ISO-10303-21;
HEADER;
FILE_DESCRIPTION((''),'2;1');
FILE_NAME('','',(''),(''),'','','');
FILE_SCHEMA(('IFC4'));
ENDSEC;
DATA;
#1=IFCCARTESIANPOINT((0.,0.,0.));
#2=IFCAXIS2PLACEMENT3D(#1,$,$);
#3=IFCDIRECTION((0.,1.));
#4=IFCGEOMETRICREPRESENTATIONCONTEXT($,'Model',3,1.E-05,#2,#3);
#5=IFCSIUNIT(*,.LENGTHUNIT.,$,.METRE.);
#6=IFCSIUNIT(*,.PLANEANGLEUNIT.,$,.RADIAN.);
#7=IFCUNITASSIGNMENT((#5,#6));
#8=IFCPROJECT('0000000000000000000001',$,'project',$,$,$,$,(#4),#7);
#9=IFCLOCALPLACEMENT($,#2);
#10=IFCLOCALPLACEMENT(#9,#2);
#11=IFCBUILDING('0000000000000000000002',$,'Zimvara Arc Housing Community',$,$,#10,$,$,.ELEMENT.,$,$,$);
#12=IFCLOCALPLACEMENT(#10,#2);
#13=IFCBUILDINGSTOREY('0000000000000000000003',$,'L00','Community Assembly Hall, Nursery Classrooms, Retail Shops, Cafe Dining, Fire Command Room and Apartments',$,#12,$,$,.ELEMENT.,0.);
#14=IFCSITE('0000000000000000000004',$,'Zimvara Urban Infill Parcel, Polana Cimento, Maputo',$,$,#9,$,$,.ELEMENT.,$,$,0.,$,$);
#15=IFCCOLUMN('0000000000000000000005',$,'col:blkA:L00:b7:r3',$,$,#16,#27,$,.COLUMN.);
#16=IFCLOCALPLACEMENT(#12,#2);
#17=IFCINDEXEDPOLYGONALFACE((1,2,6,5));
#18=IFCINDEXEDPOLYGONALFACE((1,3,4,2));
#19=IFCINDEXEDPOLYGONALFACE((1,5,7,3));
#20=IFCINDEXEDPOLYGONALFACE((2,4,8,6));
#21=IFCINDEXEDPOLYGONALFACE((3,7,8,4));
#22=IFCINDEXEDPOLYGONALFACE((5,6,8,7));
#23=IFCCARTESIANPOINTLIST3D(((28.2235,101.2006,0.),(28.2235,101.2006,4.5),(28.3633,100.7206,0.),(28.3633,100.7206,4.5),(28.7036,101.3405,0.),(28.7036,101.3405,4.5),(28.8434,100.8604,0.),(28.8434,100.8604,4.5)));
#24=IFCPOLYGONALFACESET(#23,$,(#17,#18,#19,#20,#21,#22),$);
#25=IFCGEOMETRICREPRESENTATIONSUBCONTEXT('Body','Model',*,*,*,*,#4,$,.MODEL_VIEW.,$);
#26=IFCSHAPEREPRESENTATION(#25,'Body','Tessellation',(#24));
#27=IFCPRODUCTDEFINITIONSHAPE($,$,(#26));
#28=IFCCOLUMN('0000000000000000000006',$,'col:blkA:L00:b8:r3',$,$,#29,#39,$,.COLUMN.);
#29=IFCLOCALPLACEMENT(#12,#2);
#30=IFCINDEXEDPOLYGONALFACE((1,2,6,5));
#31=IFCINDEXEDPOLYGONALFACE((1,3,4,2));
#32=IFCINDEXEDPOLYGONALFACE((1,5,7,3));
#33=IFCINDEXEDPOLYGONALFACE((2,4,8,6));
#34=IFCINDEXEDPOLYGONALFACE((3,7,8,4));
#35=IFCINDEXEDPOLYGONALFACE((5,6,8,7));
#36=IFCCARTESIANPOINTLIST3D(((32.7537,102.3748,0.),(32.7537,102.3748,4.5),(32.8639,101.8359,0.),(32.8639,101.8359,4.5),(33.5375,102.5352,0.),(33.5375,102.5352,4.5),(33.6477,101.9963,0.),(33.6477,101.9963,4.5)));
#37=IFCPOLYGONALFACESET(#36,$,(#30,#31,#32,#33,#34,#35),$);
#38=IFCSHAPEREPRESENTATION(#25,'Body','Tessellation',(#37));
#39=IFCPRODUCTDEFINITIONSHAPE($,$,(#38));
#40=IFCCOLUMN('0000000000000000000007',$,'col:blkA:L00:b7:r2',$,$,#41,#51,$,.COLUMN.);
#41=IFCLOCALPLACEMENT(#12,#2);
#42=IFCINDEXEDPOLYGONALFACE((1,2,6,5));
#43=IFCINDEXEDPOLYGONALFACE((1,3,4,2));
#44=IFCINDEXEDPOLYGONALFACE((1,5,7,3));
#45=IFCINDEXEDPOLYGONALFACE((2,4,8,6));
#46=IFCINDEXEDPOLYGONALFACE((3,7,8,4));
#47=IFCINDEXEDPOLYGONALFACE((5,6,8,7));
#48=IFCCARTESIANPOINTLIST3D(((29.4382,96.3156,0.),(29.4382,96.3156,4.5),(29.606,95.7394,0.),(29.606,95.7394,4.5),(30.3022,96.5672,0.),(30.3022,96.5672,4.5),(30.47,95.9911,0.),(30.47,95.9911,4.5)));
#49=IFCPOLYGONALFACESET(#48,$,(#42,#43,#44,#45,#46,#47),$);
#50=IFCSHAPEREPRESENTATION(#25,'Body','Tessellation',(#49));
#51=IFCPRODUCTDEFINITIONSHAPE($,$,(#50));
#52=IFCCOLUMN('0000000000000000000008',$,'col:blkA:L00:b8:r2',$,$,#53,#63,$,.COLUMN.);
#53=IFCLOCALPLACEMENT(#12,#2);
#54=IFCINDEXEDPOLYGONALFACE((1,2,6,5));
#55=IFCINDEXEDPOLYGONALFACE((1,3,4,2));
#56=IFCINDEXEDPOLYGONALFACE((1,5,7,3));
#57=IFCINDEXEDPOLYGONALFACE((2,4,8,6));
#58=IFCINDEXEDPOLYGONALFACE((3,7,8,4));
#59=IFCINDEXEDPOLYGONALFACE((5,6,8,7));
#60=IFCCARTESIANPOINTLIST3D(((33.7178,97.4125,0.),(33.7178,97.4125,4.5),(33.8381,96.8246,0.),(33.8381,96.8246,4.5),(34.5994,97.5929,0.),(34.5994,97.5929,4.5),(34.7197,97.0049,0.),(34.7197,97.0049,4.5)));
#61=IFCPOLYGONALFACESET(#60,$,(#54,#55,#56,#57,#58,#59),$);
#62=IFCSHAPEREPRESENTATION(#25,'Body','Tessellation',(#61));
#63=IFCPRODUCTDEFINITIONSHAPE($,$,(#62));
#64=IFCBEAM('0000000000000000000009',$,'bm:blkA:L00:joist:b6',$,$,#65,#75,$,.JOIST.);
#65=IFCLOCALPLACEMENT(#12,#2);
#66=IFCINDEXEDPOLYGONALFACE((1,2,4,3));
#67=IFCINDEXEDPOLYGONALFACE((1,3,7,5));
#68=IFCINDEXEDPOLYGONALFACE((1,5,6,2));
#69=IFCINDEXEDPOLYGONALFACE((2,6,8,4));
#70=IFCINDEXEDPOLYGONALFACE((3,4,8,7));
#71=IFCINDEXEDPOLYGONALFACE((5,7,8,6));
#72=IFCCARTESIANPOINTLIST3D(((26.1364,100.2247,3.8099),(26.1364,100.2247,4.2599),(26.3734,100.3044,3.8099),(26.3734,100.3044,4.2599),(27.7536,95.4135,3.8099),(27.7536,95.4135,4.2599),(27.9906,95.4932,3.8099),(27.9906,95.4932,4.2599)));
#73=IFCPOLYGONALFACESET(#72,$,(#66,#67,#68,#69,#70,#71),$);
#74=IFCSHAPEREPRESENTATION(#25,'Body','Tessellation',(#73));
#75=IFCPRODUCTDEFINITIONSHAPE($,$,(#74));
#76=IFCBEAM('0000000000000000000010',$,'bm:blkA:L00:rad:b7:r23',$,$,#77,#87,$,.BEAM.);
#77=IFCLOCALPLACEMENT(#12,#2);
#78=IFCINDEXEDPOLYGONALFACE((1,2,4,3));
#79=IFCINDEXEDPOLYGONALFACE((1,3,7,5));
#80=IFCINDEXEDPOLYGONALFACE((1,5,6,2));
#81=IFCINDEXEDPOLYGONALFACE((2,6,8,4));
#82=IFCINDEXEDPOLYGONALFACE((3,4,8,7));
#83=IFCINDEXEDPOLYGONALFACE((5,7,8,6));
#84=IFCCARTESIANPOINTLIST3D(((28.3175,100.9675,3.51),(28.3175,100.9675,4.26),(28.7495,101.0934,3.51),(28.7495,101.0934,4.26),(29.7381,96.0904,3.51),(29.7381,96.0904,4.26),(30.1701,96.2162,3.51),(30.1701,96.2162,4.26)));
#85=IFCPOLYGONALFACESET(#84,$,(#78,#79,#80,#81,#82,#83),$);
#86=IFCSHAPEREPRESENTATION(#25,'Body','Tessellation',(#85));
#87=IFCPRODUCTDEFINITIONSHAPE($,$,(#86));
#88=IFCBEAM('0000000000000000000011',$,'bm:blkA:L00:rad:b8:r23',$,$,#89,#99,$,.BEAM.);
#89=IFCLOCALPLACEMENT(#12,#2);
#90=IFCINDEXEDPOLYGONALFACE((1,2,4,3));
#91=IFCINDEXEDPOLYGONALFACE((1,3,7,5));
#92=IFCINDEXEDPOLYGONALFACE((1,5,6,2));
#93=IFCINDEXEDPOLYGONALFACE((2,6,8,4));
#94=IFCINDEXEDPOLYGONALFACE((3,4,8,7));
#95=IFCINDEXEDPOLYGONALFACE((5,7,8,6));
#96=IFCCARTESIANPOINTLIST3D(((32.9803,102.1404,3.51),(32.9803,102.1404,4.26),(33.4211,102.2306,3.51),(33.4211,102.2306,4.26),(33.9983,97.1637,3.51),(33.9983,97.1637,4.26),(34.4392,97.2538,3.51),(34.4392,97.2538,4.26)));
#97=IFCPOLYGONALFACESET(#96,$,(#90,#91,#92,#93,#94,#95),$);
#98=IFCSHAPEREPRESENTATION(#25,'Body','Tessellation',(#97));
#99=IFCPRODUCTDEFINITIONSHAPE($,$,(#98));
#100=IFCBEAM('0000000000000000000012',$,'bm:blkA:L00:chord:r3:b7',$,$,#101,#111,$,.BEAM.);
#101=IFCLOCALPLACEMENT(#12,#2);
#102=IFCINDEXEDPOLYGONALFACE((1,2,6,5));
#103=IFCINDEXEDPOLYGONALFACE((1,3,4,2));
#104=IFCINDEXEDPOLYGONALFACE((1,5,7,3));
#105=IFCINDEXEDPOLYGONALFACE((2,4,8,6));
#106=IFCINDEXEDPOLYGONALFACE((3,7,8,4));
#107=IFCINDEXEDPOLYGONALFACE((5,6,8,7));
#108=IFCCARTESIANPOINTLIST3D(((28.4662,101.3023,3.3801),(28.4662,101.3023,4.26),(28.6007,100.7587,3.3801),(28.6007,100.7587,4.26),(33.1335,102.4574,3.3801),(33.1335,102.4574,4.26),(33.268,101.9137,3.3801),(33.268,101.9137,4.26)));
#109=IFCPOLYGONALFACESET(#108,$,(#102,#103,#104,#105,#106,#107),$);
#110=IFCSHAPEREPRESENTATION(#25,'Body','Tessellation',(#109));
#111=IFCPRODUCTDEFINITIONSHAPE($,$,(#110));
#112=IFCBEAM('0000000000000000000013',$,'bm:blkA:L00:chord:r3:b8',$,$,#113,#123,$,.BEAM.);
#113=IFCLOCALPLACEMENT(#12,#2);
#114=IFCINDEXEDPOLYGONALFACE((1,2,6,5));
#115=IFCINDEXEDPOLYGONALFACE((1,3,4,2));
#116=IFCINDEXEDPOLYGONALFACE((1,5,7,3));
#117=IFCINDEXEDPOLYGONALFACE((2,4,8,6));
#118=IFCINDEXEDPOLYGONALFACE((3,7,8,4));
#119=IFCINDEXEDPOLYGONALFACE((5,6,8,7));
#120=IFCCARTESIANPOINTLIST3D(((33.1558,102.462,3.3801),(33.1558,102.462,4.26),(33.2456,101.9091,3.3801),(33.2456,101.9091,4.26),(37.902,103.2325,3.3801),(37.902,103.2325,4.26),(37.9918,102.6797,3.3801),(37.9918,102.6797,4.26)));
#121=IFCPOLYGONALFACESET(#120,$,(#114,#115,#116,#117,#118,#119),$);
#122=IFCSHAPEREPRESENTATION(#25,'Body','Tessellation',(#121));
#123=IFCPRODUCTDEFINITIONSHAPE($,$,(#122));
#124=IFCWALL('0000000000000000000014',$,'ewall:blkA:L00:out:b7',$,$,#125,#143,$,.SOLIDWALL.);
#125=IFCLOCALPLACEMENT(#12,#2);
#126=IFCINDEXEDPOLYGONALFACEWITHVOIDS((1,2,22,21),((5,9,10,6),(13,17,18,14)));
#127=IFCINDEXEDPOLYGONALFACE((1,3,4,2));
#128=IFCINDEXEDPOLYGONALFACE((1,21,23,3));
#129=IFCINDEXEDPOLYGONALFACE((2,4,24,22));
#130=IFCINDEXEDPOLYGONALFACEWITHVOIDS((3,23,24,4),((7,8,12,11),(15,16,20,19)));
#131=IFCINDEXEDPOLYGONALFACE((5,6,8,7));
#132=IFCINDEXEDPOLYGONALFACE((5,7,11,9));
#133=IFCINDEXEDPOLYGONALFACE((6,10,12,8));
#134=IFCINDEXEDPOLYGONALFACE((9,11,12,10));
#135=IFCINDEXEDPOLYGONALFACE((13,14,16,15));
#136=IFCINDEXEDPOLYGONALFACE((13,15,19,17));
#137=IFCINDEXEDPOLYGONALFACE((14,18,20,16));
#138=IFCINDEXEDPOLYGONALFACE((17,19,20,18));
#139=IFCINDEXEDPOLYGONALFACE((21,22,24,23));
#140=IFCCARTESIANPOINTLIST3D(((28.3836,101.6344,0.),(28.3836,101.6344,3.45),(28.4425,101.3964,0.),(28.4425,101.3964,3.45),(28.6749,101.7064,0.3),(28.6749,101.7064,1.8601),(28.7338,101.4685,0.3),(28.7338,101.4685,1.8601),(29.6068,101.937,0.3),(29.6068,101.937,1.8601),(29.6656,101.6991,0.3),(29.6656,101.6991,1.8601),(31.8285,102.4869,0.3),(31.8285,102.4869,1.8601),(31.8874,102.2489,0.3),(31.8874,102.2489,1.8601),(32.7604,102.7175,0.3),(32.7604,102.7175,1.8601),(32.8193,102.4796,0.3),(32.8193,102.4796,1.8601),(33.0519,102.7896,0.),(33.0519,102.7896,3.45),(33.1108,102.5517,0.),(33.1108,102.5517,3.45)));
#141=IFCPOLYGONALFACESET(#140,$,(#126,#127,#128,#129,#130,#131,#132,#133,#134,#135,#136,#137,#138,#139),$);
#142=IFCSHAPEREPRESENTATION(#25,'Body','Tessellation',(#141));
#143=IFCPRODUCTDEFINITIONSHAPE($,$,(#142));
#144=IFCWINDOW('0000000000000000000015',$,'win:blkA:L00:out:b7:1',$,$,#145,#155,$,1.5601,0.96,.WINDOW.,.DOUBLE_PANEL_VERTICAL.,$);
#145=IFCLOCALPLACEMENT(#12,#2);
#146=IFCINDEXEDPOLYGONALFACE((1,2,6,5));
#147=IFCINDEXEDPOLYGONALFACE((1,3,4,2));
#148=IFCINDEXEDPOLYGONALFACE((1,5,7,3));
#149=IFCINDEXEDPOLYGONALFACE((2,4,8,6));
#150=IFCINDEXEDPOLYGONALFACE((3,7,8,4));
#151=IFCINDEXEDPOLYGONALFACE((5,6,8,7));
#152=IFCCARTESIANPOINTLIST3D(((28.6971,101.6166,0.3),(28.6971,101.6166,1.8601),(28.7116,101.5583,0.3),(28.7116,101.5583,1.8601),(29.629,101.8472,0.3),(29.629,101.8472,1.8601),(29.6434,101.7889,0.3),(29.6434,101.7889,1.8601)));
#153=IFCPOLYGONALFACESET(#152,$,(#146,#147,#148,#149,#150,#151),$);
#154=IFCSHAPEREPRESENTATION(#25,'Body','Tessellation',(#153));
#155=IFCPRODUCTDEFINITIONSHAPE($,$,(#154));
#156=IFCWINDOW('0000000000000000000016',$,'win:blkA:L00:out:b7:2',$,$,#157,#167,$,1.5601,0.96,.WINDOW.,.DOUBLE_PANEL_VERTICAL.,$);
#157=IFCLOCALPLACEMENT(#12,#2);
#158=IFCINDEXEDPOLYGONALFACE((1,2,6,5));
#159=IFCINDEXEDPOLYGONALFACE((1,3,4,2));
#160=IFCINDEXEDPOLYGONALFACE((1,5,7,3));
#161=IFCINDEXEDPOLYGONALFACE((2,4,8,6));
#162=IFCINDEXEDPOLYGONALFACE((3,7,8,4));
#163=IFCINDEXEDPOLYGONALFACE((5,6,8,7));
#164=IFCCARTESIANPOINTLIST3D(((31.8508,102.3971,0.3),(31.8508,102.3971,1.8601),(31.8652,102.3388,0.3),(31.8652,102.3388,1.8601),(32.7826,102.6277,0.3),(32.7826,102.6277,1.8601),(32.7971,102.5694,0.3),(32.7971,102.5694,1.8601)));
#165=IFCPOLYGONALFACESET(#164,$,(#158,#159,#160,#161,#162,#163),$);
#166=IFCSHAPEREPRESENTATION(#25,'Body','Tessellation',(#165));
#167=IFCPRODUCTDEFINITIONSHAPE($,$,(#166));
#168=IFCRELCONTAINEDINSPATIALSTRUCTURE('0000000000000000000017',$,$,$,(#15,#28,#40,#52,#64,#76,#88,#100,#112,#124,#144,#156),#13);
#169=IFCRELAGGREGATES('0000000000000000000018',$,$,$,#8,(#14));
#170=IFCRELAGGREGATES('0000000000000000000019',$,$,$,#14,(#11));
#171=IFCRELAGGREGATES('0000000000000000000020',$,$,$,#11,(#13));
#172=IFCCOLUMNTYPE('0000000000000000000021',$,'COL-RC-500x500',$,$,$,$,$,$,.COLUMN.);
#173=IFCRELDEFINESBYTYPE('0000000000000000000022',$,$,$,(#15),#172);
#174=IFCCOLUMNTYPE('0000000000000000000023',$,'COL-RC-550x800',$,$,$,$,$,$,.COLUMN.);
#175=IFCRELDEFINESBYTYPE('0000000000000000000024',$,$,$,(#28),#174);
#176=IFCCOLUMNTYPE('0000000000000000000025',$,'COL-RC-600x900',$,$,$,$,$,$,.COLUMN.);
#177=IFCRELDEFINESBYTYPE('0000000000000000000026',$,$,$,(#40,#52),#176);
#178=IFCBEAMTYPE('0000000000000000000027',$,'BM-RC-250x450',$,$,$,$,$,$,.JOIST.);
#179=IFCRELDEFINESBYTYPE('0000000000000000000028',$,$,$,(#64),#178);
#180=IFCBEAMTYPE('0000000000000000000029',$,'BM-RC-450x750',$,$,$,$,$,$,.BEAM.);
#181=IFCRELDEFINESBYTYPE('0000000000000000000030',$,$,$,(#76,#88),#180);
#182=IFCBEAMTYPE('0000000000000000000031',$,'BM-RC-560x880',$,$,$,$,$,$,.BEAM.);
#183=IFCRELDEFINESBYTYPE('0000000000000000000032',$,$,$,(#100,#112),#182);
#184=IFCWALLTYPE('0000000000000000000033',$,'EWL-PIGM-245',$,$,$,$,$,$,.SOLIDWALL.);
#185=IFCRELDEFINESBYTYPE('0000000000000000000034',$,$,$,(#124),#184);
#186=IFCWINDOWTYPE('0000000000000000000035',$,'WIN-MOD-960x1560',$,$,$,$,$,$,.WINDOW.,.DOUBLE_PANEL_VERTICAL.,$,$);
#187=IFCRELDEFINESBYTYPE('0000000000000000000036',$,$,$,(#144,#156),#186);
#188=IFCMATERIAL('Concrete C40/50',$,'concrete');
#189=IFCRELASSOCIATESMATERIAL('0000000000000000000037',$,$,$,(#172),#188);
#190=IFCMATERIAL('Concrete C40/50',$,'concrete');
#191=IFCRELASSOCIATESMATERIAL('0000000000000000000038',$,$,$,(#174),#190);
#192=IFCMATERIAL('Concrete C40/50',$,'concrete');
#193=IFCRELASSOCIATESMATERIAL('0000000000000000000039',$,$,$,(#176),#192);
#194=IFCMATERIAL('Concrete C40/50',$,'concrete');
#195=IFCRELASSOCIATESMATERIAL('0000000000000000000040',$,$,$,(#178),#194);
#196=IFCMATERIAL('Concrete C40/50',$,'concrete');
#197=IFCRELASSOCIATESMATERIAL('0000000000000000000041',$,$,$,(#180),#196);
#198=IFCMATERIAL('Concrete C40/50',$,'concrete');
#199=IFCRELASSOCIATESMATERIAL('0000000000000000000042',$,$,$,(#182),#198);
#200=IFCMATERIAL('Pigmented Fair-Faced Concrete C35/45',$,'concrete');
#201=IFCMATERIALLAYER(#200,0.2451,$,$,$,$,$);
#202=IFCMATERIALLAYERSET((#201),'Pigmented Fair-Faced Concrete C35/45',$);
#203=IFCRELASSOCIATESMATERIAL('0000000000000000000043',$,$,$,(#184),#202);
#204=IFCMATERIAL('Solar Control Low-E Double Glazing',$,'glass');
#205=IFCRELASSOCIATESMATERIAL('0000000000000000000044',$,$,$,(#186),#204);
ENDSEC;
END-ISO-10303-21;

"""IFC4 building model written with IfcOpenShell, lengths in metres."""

from ifc_helpers import new_model, si_unit, direction, frame, frame_2d, origin, origin_2d, place, context, subcontext, project, spatial, rectangle, extrude, material, layer, layer_set, material_profile, profile_set, type_object, element, fill, save


model = new_model("IFC4")

# Units and contexts
model_context = context("Model", 3, precision=1e-05, world=origin(), true_north=direction((0.0, 1.0)))
body_context = subcontext(model_context, "Body", "Model", "MODEL_VIEW")
ifc_project = project(units=[si_unit("LENGTHUNIT", "METRE"), si_unit("PLANEANGLEUNIT", "RADIAN")], contexts=[model_context])

# Site, building, storey
site_placement = place(None, origin())
site = spatial("IfcSite", under=ifc_project, at=site_placement, Name="Zimvara Urban Infill Parcel, Polana Cimento, Maputo", CompositionType="ELEMENT", RefElevation=0.0)
building_placement = place(site_placement, origin())
building = spatial("IfcBuilding", under=site, at=building_placement, Name="Zimvara Arc Housing Community", CompositionType="ELEMENT")
storey_placement = place(building_placement, origin())
storey = spatial("IfcBuildingStorey", under=building, at=storey_placement, Name="L00", Description="Community Assembly Hall, Nursery Classrooms, Retail Shops, Cafe Dining, Fire Command Room and Apartments", CompositionType="ELEMENT", Elevation=0.0)

# Columns
ifc_material_1 = material(Name="Concrete C40/50", Category="concrete")
ifc_material_profile_1 = material_profile(ifc_material_1, rectangle(XDim=0.5, YDim=0.5, at=origin_2d()), Name="RC 500x500")
ifc_profile_set_1 = profile_set([ifc_material_profile_1], Name="Concrete C40/50")
column_type_1 = type_object("IfcColumnType", Name="COL-RC-500x500", PredefinedType="COLUMN", material=ifc_profile_set_1)
column_1_placement = place(storey_placement, frame((28.5334, 101.0305, 0.0), z_axis=(0.0, 0.0, 1.0), x_axis=(-0.279661, 0.960099, 0.0)))
element("IfcColumn", 1, at=column_1_placement, inside=storey, type_object=column_type_1, Name="col:blkA:L00:b7:r3", PredefinedType="COLUMN", context=body_context, shape_type="SweptSolid", body=[
    extrude(rectangle(XDim=0.5, YDim=0.5, at=origin_2d()), origin(), (0.0, 0.0, 1.0), 4.5),
])
ifc_material_2 = material(Name="Concrete C40/50", Category="concrete")
ifc_material_profile_2 = material_profile(ifc_material_2, rectangle(XDim=0.55, YDim=0.8, at=origin_2d()), Name="RC 550x800")
ifc_profile_set_2 = profile_set([ifc_material_profile_2], Name="Concrete C40/50")
column_type_2 = type_object("IfcColumnType", Name="COL-RC-550x800", PredefinedType="COLUMN", material=ifc_profile_set_2)
column_2_placement = place(storey_placement, frame((33.2007, 102.1855, 0.0), z_axis=(0.0, 0.0, 1.0), x_axis=(-0.200394, 0.979715, 0.0)))
element("IfcColumn", 2, at=column_2_placement, inside=storey, type_object=column_type_2, Name="col:blkA:L00:b8:r3", PredefinedType="COLUMN", context=body_context, shape_type="SweptSolid", body=[
    extrude(rectangle(XDim=0.55, YDim=0.8, at=origin_2d()), origin(), (0.0, 0.0, 1.0), 4.5),
])
ifc_material_3 = material(Name="Concrete C40/50", Category="concrete")
ifc_material_profile_3 = material_profile(ifc_material_3, rectangle(XDim=0.6001, YDim=0.8999, at=origin_2d()), Name="RC 600x900")
ifc_profile_set_3 = profile_set([ifc_material_profile_3], Name="Concrete C40/50")
column_type_3 = type_object("IfcColumnType", Name="COL-RC-600x900", PredefinedType="COLUMN", material=ifc_profile_set_3)
for number, where, z_axis, x_axis, name in (
    (3, (29.9541, 96.1533, 0.0), (0.0, 0.0, 1.0), (-0.279661, 0.960099, 0.0), "col:blkA:L00:b7:r2"),
    (4, (34.2188, 97.2087, 0.0), (0.0, 0.0, 1.0), (-0.200394, 0.979715, 0.0), "col:blkA:L00:b8:r2"),
):
    element("IfcColumn", number, at=place(storey_placement, frame(where, z_axis=z_axis, x_axis=x_axis)), inside=storey, type_object=column_type_3, Name=name, PredefinedType="COLUMN", context=body_context, shape_type="SweptSolid", body=[
        extrude(rectangle(XDim=0.6001, YDim=0.8999, at=origin_2d()), origin(), (0.0, 0.0, 1.0), 4.5),
    ])

# Beams
ifc_material_4 = material(Name="Concrete C40/50", Category="concrete")
ifc_material_profile_4 = material_profile(ifc_material_4, rectangle(XDim=0.25, YDim=0.45, at=origin_2d()), Name="RC 250x450")
ifc_profile_set_4 = profile_set([ifc_material_profile_4], Name="Concrete C40/50")
beam_type_1 = type_object("IfcBeamType", Name="BM-RC-250x450", PredefinedType="JOIST", material=ifc_profile_set_4)
beam_1_placement = place(storey_placement, frame((27.8721, 95.4534, 4.0349), z_axis=(-0.318608, 0.947887, 0.0), x_axis=(-0.947887, -0.318608, 0.0)))
element("IfcBeam", 5, at=beam_1_placement, inside=storey, type_object=beam_type_1, Name="bm:blkA:L00:joist:b6", PredefinedType="JOIST", context=body_context, shape_type="SweptSolid", body=[
    extrude(rectangle(XDim=0.25, YDim=0.45, at=origin_2d()), origin(), (0.0, 0.0, 1.0), 5.0757),
])
ifc_material_5 = material(Name="Concrete C40/50", Category="concrete")
ifc_material_profile_5 = material_profile(ifc_material_5, rectangle(XDim=0.45, YDim=0.75, at=origin_2d()), Name="RC 450x750")
ifc_profile_set_5 = profile_set([ifc_material_profile_5], Name="Concrete C40/50")
beam_type_2 = type_object("IfcBeamType", Name="BM-RC-450x750", PredefinedType="BEAM", material=ifc_profile_set_5)
for number, where, z_axis, x_axis, name in (
    (6, (29.9541, 96.1533, 3.885), (-0.279662, 0.960098, 0.0), (-0.960098, -0.279662, 0.0), "bm:blkA:L00:rad:b7:r23"),
    (7, (34.2188, 97.2087, 3.885), (-0.200412, 0.979712, 0.0), (-0.979712, -0.200412, 0.0), "bm:blkA:L00:rad:b8:r23"),
):
    element("IfcBeam", number, at=place(storey_placement, frame(where, z_axis=z_axis, x_axis=x_axis)), inside=storey, type_object=beam_type_2, Name=name, PredefinedType="BEAM", context=body_context, shape_type="SweptSolid", body=[
        extrude(rectangle(XDim=0.45, YDim=0.75, at=origin_2d()), origin(), (0.0, 0.0, 1.0), 5.0798),
    ])
ifc_material_6 = material(Name="Concrete C40/50", Category="concrete")
ifc_material_profile_6 = material_profile(ifc_material_6, rectangle(XDim=0.5601, YDim=0.8799, at=origin_2d()), Name="RC 560x880")
ifc_profile_set_6 = profile_set([ifc_material_profile_6], Name="Concrete C40/50")
beam_type_3 = type_object("IfcBeamType", Name="BM-RC-560x880", PredefinedType="BEAM", material=ifc_profile_set_6)
beam_2_placement = place(storey_placement, frame((28.5334, 101.0305, 3.8201), z_axis=(0.970716, 0.240229, 0.0), x_axis=(-0.240229, 0.970716, 0.0)))
element("IfcBeam", 8, at=beam_2_placement, inside=storey, type_object=beam_type_3, Name="bm:blkA:L00:chord:r3:b7", PredefinedType="BEAM", context=body_context, shape_type="SweptSolid", body=[
    extrude(rectangle(XDim=0.5601, YDim=0.8799, at=origin_2d()), origin(), (0.0, 0.0, 1.0), 4.8081),
])
beam_3_placement = place(storey_placement, frame((33.2007, 102.1855, 3.8201), z_axis=(0.987077, 0.160248, 0.0), x_axis=(-0.160248, 0.987077, 0.0)))
element("IfcBeam", 9, at=beam_3_placement, inside=storey, type_object=beam_type_3, Name="bm:blkA:L00:chord:r3:b8", PredefinedType="BEAM", context=body_context, shape_type="SweptSolid", body=[
    extrude(rectangle(XDim=0.5601, YDim=0.8799, at=origin_2d()), origin(), (0.0, 0.0, 1.0), 4.8083),
])

# Wall, openings, windows
ifc_material_7 = material(Name="Pigmented Fair-Faced Concrete C35/45", Category="concrete")
ifc_layer_1 = layer(ifc_material_7, 0.2451)
ifc_layer_set_1 = layer_set([ifc_layer_1], Name="Pigmented Fair-Faced Concrete C35/45")
wall_type_1 = type_object("IfcWallType", Name="EWL-PIGM-245", PredefinedType="SOLIDWALL", material=ifc_layer_set_1)
wall_1_placement = place(storey_placement, frame((28.4131, 101.5154, 0.0), z_axis=(0.0, 0.0, 1.0), x_axis=(0.970716, 0.24023, 0.0)))
wall_1 = element("IfcWall", 10, at=wall_1_placement, inside=storey, type_object=wall_type_1, Name="ewall:blkA:L00:out:b7", PredefinedType="SOLIDWALL", context=body_context, shape_type="SweptSolid", body=[
    extrude(rectangle(XDim=4.8091, YDim=0.2451, at=frame_2d((2.4045, 0.0))), origin(), (0.0, 0.0, 1.0), 3.45),
])
opening_1_placement = place(wall_1_placement, frame((0.3, 0.0, 0.3)))
opening_1 = element("IfcOpeningElement", 11, at=opening_1_placement, cuts=wall_1, PredefinedType="OPENING", context=body_context, shape_type="SweptSolid", body=[
    extrude(rectangle(XDim=0.96, YDim=1.5601, at=frame_2d((0.48, 0.78))), frame((0.0, 0.1326, 0.0), z_axis=(0.0, -1.0, 0.0), x_axis=(1.0, 0.0, 0.0)), (0.0, 0.0, 1.0), 0.2651),
])
opening_2_placement = place(wall_1_placement, frame((3.5488, 0.0, 0.3)))
opening_2 = element("IfcOpeningElement", 12, at=opening_2_placement, cuts=wall_1, PredefinedType="OPENING", context=body_context, shape_type="SweptSolid", body=[
    extrude(rectangle(XDim=0.96, YDim=1.5601, at=frame_2d((0.48, 0.78))), frame((0.0, 0.1326, 0.0), z_axis=(0.0, -1.0, 0.0), x_axis=(1.0, 0.0, 0.0)), (0.0, 0.0, 1.0), 0.2651),
])
ifc_material_8 = material(Name="Solar Control Low-E Double Glazing", Category="glass")
window_type = type_object("IfcWindowType", Name="WIN-MOD-960x1560", PartitioningType="DOUBLE_PANEL_VERTICAL", PredefinedType="WINDOW", material=ifc_material_8)
window_1_placement = place(opening_1_placement, origin())
window_1 = element("IfcWindow", 13, at=window_1_placement, inside=storey, type_object=window_type, Name="win:blkA:L00:out:b7:1", OverallHeight=1.5601, OverallWidth=0.96, PartitioningType="DOUBLE_PANEL_VERTICAL", PredefinedType="WINDOW", context=body_context, shape_type="SweptSolid", body=[
    extrude(rectangle(XDim=0.96, YDim=1.5601, at=frame_2d((0.48, 0.78))), frame((0.0, 0.03, 0.0), z_axis=(0.0, -1.0, 0.0), x_axis=(1.0, 0.0, 0.0)), (0.0, 0.0, 1.0), 0.0601),
])
fill(opening_1, window_1)
window_2_placement = place(opening_2_placement, origin())
window_2 = element("IfcWindow", 14, at=window_2_placement, inside=storey, type_object=window_type, Name="win:blkA:L00:out:b7:2", OverallHeight=1.5601, OverallWidth=0.96, PartitioningType="DOUBLE_PANEL_VERTICAL", PredefinedType="WINDOW", context=body_context, shape_type="SweptSolid", body=[
    extrude(rectangle(XDim=0.96, YDim=1.5601, at=frame_2d((0.48, 0.78))), frame((0.0, 0.03, 0.0), z_axis=(0.0, -1.0, 0.0), x_axis=(1.0, 0.0, 0.0)), (0.0, 0.0, 1.0), 0.0601),
])
fill(opening_2, window_2)

save(model, "model.ifc")
